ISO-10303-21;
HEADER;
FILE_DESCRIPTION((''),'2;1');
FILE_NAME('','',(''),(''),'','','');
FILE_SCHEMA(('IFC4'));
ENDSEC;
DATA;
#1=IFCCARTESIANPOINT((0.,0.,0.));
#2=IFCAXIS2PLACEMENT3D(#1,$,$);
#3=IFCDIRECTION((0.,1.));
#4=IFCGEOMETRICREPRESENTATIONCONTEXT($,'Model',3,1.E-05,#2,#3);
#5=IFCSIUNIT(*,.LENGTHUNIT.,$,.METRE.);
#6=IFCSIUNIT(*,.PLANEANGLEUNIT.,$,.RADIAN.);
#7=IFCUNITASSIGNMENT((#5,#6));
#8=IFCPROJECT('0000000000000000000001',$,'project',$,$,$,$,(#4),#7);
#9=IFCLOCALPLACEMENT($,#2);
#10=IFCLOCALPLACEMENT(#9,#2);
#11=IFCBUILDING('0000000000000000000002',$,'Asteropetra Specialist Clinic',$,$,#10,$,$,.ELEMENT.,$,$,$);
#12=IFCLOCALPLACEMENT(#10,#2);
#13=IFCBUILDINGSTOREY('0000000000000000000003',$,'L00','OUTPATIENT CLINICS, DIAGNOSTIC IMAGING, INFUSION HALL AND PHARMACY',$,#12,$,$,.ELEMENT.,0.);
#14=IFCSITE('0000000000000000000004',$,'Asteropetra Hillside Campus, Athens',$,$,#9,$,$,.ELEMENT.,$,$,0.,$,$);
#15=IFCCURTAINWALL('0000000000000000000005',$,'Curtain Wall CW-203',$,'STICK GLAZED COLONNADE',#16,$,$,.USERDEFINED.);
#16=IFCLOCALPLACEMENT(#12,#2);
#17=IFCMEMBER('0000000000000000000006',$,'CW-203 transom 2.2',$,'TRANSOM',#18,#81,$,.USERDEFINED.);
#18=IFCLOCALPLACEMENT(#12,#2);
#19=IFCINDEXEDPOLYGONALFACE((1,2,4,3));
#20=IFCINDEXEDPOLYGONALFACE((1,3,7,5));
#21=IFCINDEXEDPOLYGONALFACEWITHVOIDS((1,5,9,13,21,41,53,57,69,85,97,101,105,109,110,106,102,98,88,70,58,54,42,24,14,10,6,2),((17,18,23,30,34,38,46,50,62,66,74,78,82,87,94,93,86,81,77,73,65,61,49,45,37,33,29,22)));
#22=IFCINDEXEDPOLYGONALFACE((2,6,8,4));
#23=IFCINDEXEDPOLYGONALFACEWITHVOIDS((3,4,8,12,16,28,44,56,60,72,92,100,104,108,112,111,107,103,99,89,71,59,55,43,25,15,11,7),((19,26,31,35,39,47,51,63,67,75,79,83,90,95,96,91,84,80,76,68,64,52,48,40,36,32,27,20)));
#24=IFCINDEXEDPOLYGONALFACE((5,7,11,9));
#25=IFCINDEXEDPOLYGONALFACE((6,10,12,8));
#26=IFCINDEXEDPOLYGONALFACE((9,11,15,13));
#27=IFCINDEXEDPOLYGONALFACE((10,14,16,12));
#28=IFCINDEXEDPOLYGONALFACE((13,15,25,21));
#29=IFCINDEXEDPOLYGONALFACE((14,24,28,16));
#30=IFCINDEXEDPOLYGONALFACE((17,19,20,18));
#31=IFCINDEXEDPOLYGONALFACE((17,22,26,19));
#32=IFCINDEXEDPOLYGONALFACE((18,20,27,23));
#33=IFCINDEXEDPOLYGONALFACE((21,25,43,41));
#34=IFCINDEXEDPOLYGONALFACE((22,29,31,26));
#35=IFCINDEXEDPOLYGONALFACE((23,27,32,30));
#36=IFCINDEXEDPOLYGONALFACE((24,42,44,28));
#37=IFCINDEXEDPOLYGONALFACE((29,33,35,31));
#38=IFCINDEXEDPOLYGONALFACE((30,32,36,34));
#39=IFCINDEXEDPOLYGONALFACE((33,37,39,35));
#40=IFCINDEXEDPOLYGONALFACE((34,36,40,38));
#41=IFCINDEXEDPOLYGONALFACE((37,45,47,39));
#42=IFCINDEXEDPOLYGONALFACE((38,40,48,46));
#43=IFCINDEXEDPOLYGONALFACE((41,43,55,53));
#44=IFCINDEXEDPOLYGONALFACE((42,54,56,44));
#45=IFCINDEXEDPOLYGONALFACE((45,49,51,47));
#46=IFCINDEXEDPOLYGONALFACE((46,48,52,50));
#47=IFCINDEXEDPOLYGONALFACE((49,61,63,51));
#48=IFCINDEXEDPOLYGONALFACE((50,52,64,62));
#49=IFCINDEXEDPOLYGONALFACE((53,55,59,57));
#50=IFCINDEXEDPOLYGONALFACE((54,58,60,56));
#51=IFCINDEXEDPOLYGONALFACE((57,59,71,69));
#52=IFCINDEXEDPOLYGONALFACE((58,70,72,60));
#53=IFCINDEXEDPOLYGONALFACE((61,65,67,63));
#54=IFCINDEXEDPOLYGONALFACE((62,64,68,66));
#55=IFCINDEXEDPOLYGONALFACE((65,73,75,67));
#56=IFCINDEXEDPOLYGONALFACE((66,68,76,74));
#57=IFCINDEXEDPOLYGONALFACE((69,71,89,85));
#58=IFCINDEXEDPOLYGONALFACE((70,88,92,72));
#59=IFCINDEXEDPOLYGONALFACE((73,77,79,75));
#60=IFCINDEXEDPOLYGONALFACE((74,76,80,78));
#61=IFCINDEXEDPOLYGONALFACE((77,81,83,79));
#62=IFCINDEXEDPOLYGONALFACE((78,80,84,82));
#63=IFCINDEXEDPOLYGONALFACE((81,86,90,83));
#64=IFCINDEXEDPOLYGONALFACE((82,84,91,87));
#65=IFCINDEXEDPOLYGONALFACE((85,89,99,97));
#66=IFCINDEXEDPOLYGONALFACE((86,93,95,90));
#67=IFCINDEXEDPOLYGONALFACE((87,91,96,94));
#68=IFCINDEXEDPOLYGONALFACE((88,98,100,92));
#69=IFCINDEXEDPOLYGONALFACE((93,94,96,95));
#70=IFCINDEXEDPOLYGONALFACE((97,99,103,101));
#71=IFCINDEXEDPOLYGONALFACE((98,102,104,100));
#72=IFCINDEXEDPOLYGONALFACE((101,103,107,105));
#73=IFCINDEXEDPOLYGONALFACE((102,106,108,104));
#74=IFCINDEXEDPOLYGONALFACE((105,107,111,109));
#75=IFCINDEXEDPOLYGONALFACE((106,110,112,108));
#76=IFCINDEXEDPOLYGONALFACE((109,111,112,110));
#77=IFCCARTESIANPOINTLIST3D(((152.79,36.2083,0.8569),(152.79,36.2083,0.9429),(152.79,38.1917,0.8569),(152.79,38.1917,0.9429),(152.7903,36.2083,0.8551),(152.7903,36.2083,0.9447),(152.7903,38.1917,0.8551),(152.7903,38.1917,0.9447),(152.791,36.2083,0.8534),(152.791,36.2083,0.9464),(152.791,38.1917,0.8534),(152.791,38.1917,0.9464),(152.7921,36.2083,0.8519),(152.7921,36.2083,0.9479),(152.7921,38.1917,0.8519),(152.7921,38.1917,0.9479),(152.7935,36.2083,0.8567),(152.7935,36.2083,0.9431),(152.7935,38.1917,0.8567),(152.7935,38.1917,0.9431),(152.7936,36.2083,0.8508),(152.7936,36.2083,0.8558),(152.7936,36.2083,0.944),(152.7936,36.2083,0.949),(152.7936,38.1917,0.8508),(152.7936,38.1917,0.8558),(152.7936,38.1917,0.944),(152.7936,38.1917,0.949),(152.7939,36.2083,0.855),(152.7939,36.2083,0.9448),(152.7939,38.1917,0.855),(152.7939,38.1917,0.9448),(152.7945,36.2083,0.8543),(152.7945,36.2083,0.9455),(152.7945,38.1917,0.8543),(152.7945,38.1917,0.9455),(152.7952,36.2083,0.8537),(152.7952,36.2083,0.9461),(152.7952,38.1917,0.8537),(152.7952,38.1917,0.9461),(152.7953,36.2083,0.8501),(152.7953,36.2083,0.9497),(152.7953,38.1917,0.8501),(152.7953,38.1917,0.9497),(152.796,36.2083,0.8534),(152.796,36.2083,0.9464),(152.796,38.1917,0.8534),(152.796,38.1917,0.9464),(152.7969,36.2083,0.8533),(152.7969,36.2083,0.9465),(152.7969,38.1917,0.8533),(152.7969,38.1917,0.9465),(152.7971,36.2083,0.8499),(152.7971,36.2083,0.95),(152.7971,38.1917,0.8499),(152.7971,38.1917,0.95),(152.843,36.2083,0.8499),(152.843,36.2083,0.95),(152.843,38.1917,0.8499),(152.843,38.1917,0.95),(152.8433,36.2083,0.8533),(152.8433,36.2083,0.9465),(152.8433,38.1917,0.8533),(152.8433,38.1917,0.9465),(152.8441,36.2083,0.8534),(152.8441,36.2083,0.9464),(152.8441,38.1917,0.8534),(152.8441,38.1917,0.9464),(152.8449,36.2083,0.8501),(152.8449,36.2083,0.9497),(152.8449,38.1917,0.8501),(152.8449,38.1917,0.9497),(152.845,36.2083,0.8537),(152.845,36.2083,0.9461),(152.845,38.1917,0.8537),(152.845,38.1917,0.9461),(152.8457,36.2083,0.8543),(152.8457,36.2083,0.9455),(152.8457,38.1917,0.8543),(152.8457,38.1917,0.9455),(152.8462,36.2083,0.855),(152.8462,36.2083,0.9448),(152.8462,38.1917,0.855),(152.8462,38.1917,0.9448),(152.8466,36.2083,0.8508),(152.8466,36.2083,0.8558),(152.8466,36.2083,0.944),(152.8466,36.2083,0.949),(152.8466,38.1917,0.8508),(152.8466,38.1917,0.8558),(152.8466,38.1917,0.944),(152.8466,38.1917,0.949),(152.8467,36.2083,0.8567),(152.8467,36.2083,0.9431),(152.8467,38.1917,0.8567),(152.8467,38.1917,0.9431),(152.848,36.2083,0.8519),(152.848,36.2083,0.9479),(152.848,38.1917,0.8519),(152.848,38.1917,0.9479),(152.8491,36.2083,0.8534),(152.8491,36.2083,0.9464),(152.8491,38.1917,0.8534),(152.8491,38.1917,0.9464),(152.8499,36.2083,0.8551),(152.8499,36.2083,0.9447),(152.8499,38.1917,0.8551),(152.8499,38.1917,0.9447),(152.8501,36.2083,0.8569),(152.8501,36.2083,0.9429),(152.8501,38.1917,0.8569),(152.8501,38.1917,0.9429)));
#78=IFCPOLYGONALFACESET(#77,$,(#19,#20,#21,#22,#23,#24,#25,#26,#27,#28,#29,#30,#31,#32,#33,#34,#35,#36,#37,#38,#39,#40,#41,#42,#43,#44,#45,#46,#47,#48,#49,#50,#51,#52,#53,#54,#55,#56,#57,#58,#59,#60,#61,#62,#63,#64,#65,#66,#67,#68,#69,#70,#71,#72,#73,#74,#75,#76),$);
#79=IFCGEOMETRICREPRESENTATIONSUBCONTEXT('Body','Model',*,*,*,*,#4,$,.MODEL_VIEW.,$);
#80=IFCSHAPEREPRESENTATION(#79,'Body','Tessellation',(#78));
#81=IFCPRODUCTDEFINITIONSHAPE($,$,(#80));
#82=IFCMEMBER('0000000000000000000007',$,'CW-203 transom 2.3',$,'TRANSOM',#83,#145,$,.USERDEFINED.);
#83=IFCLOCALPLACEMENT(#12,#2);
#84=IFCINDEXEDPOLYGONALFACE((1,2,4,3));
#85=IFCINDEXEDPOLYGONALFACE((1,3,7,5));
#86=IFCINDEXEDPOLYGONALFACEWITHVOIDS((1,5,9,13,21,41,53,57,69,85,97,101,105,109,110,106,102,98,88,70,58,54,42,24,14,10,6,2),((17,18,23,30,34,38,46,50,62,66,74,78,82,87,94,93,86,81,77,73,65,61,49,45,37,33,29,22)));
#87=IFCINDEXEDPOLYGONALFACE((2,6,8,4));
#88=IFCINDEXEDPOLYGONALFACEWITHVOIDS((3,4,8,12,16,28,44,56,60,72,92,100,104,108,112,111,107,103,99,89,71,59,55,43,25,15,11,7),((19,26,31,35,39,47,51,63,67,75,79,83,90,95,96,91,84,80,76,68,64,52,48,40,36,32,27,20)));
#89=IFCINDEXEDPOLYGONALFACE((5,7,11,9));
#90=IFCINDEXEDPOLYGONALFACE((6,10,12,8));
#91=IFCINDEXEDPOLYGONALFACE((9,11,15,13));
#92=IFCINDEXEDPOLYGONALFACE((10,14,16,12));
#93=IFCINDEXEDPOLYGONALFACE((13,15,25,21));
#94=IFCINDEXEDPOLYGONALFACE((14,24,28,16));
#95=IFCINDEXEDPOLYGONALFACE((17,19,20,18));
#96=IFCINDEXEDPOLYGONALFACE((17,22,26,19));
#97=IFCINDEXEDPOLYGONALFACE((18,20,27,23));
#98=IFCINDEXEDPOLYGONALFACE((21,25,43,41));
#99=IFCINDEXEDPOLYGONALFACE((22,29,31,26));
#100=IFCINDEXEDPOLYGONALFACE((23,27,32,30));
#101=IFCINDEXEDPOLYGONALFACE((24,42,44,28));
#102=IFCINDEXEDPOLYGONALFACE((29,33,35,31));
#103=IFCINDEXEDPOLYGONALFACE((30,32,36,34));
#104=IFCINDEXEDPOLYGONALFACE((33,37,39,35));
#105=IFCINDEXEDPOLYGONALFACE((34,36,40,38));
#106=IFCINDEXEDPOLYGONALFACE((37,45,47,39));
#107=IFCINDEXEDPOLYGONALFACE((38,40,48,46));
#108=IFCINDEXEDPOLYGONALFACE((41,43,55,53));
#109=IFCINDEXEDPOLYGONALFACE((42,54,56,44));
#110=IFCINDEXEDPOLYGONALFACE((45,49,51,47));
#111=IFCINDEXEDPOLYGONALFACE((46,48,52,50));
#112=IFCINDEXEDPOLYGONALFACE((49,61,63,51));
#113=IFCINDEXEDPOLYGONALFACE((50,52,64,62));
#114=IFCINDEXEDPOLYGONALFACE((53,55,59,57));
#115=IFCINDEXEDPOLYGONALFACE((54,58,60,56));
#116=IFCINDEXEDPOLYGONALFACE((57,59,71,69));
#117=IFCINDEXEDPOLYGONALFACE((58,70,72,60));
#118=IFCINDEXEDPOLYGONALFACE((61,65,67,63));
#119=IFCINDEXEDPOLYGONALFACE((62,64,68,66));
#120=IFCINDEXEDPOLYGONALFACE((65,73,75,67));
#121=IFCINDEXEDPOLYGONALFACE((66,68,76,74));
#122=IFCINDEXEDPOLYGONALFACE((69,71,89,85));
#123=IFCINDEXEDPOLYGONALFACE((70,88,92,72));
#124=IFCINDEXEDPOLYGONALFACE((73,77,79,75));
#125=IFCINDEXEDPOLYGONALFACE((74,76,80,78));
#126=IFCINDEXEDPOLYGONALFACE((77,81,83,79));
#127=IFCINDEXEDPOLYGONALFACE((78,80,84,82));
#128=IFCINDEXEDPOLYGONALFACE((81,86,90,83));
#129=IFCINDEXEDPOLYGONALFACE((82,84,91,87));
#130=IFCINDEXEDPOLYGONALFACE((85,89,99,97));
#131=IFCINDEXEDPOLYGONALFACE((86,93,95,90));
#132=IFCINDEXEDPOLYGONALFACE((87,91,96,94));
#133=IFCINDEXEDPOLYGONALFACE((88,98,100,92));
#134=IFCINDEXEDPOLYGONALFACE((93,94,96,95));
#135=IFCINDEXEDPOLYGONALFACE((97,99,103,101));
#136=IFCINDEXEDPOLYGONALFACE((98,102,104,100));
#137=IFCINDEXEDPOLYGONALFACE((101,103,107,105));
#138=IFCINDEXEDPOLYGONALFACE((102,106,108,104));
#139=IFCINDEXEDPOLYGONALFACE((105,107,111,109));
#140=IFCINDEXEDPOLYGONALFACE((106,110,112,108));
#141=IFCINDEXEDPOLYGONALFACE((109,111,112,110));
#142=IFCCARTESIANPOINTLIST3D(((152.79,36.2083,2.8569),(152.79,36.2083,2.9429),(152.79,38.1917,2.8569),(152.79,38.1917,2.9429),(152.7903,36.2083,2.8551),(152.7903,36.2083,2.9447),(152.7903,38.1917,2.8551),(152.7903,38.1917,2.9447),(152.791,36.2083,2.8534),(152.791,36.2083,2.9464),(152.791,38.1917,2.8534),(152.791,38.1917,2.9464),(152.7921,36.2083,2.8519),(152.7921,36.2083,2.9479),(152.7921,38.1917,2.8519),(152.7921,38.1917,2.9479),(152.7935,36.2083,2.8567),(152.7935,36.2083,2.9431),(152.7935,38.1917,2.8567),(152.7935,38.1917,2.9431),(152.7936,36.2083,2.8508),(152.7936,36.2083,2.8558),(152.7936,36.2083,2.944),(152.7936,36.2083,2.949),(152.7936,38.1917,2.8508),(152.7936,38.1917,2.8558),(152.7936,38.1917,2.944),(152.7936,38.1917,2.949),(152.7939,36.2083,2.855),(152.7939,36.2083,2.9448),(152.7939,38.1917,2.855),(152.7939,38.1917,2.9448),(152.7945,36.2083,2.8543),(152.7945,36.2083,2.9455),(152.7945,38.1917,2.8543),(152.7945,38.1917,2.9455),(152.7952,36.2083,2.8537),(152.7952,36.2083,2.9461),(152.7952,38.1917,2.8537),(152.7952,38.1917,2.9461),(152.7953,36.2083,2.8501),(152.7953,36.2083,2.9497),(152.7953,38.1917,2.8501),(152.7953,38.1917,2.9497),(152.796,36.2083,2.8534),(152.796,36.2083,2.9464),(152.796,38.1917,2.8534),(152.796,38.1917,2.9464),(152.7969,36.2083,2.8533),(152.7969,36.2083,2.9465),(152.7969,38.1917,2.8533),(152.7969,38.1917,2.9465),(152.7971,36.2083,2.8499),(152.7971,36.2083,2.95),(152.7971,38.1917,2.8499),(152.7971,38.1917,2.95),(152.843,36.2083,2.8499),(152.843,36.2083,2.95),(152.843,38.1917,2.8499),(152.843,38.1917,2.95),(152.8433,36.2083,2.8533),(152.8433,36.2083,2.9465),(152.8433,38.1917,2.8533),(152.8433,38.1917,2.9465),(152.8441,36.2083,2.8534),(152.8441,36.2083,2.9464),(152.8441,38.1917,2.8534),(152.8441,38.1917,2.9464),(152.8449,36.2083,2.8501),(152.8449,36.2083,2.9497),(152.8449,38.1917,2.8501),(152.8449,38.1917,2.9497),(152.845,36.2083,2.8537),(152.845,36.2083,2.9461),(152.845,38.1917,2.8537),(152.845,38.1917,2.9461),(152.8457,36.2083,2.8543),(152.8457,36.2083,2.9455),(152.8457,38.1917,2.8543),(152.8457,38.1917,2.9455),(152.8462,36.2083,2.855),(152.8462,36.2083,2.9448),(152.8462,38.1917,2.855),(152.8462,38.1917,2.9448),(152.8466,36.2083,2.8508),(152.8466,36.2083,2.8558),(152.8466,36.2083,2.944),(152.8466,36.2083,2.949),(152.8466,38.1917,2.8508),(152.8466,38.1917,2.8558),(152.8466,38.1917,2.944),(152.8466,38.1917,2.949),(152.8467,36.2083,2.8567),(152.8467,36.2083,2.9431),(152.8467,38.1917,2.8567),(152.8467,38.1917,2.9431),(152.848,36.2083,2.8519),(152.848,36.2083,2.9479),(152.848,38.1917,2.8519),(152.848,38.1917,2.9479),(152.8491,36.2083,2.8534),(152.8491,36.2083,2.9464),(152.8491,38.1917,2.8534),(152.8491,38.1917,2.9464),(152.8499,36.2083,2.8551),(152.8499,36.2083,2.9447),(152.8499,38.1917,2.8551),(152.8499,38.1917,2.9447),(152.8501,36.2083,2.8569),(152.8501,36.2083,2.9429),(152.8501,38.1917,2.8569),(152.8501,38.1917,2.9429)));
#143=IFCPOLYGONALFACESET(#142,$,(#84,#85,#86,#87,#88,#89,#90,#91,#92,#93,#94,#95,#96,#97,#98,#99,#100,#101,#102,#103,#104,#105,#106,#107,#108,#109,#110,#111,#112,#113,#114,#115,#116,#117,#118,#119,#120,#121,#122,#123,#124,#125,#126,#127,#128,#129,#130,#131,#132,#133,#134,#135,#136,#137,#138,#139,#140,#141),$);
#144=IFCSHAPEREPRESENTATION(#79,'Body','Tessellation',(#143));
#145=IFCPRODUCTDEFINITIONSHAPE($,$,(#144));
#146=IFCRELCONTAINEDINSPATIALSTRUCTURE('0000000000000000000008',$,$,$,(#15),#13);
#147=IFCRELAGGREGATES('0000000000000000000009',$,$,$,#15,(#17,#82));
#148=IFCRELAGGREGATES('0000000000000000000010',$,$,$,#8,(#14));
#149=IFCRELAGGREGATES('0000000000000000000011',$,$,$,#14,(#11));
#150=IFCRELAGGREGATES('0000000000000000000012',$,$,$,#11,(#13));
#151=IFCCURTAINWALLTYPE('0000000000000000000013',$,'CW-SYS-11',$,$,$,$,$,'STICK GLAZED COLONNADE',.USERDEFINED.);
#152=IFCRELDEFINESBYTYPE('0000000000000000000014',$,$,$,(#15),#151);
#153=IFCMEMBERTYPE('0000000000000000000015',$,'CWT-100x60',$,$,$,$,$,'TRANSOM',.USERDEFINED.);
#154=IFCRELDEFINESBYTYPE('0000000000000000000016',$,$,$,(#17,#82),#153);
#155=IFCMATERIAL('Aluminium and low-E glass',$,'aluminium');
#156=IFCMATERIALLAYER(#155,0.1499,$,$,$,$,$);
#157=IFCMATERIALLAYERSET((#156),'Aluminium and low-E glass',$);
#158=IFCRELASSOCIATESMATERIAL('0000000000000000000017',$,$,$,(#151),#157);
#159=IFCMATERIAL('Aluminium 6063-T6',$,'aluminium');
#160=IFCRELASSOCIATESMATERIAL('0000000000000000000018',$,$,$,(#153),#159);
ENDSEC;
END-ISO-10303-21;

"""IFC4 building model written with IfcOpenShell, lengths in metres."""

from ifc_helpers import new_model, si_unit, direction, frame, origin, origin_2d, place, context, subcontext, project, spatial, hollow_rectangle, extrude, material, layer, layer_set, material_profile, profile_set, type_object, element, aggregate, save


model = new_model("IFC4")

# Units and contexts
model_context = context("Model", 3, precision=1e-05, world=origin(), true_north=direction((0.0, 1.0)))
body_context = subcontext(model_context, "Body", "Model", "MODEL_VIEW")
ifc_project = project(units=[si_unit("LENGTHUNIT", "METRE"), si_unit("PLANEANGLEUNIT", "RADIAN")], contexts=[model_context])

# Site, building, storey
site_placement = place(None, origin())
site = spatial("IfcSite", under=ifc_project, at=site_placement, Name="Asteropetra Hillside Campus, Athens", CompositionType="ELEMENT", RefElevation=0.0)
building_placement = place(site_placement, origin())
building = spatial("IfcBuilding", under=site, at=building_placement, Name="Asteropetra Specialist Clinic", CompositionType="ELEMENT")
storey_placement = place(building_placement, origin())
storey = spatial("IfcBuildingStorey", under=building, at=storey_placement, Name="L00", Description="OUTPATIENT CLINICS, DIAGNOSTIC IMAGING, INFUSION HALL AND PHARMACY", CompositionType="ELEMENT", Elevation=0.0)

# Curtain wall, members
ifc_material_1 = material(Name="Aluminium and low-E glass", Category="aluminium")
ifc_layer_1 = layer(ifc_material_1, 0.1499)
ifc_layer_set_1 = layer_set([ifc_layer_1], Name="Aluminium and low-E glass")
curtain_wall_type = type_object("IfcCurtainWallType", Name="CW-SYS-11", ElementType="STICK GLAZED COLONNADE", PredefinedType="USERDEFINED", material=ifc_layer_set_1)
curtain_wall_placement = place(storey_placement, origin())
curtain_wall = element("IfcCurtainWall", 1, at=curtain_wall_placement, inside=storey, type_object=curtain_wall_type, Name="Curtain Wall CW-203", ObjectType="STICK GLAZED COLONNADE", PredefinedType="USERDEFINED")
ifc_material_2 = material(Name="Aluminium 6063-T6", Category="aluminium")
ifc_material_profile_1 = material_profile(ifc_material_2, hollow_rectangle(XDim=0.0601, YDim=0.1001, WallThickness=0.0034, InnerFilletRadius=0.0034, OuterFilletRadius=0.0071, at=origin_2d()), Name="TRN 100x60x3.5")
ifc_profile_set_1 = profile_set([ifc_material_profile_1], Name="Aluminium 6063-T6")
member_type_1 = type_object("IfcMemberType", Name="CWT-100x60", ElementType="TRANSOM", PredefinedType="USERDEFINED", material=ifc_profile_set_1)
member_1_placement = place(storey_placement, frame((152.8201, 36.2083, 0.8999), z_axis=(0.0, 1.0, 0.0), x_axis=(-1.0, 0.0, 0.0)))
member_1 = element("IfcMember", 2, at=member_1_placement, type_object=member_type_1, Name="CW-203 transom 2.2", ObjectType="TRANSOM", PredefinedType="USERDEFINED", context=body_context, shape_type="SweptSolid", body=[
    extrude(hollow_rectangle(XDim=0.0601, YDim=0.1001, WallThickness=0.0034, InnerFilletRadius=0.0034, OuterFilletRadius=0.0071, at=origin_2d()), origin(), (0.0, 0.0, 1.0), 1.9834),
])
member_2_placement = place(storey_placement, frame((152.8201, 36.2083, 2.8999), z_axis=(0.0, 1.0, 0.0), x_axis=(-1.0, 0.0, 0.0)))
member_2 = element("IfcMember", 3, at=member_2_placement, type_object=member_type_1, Name="CW-203 transom 2.3", ObjectType="TRANSOM", PredefinedType="USERDEFINED", context=body_context, shape_type="SweptSolid", body=[
    extrude(hollow_rectangle(XDim=0.0601, YDim=0.1001, WallThickness=0.0034, InnerFilletRadius=0.0034, OuterFilletRadius=0.0071, at=origin_2d()), origin(), (0.0, 0.0, 1.0), 1.9834),
])
aggregate(curtain_wall, [member_1, member_2])

save(model, "model.ifc")
